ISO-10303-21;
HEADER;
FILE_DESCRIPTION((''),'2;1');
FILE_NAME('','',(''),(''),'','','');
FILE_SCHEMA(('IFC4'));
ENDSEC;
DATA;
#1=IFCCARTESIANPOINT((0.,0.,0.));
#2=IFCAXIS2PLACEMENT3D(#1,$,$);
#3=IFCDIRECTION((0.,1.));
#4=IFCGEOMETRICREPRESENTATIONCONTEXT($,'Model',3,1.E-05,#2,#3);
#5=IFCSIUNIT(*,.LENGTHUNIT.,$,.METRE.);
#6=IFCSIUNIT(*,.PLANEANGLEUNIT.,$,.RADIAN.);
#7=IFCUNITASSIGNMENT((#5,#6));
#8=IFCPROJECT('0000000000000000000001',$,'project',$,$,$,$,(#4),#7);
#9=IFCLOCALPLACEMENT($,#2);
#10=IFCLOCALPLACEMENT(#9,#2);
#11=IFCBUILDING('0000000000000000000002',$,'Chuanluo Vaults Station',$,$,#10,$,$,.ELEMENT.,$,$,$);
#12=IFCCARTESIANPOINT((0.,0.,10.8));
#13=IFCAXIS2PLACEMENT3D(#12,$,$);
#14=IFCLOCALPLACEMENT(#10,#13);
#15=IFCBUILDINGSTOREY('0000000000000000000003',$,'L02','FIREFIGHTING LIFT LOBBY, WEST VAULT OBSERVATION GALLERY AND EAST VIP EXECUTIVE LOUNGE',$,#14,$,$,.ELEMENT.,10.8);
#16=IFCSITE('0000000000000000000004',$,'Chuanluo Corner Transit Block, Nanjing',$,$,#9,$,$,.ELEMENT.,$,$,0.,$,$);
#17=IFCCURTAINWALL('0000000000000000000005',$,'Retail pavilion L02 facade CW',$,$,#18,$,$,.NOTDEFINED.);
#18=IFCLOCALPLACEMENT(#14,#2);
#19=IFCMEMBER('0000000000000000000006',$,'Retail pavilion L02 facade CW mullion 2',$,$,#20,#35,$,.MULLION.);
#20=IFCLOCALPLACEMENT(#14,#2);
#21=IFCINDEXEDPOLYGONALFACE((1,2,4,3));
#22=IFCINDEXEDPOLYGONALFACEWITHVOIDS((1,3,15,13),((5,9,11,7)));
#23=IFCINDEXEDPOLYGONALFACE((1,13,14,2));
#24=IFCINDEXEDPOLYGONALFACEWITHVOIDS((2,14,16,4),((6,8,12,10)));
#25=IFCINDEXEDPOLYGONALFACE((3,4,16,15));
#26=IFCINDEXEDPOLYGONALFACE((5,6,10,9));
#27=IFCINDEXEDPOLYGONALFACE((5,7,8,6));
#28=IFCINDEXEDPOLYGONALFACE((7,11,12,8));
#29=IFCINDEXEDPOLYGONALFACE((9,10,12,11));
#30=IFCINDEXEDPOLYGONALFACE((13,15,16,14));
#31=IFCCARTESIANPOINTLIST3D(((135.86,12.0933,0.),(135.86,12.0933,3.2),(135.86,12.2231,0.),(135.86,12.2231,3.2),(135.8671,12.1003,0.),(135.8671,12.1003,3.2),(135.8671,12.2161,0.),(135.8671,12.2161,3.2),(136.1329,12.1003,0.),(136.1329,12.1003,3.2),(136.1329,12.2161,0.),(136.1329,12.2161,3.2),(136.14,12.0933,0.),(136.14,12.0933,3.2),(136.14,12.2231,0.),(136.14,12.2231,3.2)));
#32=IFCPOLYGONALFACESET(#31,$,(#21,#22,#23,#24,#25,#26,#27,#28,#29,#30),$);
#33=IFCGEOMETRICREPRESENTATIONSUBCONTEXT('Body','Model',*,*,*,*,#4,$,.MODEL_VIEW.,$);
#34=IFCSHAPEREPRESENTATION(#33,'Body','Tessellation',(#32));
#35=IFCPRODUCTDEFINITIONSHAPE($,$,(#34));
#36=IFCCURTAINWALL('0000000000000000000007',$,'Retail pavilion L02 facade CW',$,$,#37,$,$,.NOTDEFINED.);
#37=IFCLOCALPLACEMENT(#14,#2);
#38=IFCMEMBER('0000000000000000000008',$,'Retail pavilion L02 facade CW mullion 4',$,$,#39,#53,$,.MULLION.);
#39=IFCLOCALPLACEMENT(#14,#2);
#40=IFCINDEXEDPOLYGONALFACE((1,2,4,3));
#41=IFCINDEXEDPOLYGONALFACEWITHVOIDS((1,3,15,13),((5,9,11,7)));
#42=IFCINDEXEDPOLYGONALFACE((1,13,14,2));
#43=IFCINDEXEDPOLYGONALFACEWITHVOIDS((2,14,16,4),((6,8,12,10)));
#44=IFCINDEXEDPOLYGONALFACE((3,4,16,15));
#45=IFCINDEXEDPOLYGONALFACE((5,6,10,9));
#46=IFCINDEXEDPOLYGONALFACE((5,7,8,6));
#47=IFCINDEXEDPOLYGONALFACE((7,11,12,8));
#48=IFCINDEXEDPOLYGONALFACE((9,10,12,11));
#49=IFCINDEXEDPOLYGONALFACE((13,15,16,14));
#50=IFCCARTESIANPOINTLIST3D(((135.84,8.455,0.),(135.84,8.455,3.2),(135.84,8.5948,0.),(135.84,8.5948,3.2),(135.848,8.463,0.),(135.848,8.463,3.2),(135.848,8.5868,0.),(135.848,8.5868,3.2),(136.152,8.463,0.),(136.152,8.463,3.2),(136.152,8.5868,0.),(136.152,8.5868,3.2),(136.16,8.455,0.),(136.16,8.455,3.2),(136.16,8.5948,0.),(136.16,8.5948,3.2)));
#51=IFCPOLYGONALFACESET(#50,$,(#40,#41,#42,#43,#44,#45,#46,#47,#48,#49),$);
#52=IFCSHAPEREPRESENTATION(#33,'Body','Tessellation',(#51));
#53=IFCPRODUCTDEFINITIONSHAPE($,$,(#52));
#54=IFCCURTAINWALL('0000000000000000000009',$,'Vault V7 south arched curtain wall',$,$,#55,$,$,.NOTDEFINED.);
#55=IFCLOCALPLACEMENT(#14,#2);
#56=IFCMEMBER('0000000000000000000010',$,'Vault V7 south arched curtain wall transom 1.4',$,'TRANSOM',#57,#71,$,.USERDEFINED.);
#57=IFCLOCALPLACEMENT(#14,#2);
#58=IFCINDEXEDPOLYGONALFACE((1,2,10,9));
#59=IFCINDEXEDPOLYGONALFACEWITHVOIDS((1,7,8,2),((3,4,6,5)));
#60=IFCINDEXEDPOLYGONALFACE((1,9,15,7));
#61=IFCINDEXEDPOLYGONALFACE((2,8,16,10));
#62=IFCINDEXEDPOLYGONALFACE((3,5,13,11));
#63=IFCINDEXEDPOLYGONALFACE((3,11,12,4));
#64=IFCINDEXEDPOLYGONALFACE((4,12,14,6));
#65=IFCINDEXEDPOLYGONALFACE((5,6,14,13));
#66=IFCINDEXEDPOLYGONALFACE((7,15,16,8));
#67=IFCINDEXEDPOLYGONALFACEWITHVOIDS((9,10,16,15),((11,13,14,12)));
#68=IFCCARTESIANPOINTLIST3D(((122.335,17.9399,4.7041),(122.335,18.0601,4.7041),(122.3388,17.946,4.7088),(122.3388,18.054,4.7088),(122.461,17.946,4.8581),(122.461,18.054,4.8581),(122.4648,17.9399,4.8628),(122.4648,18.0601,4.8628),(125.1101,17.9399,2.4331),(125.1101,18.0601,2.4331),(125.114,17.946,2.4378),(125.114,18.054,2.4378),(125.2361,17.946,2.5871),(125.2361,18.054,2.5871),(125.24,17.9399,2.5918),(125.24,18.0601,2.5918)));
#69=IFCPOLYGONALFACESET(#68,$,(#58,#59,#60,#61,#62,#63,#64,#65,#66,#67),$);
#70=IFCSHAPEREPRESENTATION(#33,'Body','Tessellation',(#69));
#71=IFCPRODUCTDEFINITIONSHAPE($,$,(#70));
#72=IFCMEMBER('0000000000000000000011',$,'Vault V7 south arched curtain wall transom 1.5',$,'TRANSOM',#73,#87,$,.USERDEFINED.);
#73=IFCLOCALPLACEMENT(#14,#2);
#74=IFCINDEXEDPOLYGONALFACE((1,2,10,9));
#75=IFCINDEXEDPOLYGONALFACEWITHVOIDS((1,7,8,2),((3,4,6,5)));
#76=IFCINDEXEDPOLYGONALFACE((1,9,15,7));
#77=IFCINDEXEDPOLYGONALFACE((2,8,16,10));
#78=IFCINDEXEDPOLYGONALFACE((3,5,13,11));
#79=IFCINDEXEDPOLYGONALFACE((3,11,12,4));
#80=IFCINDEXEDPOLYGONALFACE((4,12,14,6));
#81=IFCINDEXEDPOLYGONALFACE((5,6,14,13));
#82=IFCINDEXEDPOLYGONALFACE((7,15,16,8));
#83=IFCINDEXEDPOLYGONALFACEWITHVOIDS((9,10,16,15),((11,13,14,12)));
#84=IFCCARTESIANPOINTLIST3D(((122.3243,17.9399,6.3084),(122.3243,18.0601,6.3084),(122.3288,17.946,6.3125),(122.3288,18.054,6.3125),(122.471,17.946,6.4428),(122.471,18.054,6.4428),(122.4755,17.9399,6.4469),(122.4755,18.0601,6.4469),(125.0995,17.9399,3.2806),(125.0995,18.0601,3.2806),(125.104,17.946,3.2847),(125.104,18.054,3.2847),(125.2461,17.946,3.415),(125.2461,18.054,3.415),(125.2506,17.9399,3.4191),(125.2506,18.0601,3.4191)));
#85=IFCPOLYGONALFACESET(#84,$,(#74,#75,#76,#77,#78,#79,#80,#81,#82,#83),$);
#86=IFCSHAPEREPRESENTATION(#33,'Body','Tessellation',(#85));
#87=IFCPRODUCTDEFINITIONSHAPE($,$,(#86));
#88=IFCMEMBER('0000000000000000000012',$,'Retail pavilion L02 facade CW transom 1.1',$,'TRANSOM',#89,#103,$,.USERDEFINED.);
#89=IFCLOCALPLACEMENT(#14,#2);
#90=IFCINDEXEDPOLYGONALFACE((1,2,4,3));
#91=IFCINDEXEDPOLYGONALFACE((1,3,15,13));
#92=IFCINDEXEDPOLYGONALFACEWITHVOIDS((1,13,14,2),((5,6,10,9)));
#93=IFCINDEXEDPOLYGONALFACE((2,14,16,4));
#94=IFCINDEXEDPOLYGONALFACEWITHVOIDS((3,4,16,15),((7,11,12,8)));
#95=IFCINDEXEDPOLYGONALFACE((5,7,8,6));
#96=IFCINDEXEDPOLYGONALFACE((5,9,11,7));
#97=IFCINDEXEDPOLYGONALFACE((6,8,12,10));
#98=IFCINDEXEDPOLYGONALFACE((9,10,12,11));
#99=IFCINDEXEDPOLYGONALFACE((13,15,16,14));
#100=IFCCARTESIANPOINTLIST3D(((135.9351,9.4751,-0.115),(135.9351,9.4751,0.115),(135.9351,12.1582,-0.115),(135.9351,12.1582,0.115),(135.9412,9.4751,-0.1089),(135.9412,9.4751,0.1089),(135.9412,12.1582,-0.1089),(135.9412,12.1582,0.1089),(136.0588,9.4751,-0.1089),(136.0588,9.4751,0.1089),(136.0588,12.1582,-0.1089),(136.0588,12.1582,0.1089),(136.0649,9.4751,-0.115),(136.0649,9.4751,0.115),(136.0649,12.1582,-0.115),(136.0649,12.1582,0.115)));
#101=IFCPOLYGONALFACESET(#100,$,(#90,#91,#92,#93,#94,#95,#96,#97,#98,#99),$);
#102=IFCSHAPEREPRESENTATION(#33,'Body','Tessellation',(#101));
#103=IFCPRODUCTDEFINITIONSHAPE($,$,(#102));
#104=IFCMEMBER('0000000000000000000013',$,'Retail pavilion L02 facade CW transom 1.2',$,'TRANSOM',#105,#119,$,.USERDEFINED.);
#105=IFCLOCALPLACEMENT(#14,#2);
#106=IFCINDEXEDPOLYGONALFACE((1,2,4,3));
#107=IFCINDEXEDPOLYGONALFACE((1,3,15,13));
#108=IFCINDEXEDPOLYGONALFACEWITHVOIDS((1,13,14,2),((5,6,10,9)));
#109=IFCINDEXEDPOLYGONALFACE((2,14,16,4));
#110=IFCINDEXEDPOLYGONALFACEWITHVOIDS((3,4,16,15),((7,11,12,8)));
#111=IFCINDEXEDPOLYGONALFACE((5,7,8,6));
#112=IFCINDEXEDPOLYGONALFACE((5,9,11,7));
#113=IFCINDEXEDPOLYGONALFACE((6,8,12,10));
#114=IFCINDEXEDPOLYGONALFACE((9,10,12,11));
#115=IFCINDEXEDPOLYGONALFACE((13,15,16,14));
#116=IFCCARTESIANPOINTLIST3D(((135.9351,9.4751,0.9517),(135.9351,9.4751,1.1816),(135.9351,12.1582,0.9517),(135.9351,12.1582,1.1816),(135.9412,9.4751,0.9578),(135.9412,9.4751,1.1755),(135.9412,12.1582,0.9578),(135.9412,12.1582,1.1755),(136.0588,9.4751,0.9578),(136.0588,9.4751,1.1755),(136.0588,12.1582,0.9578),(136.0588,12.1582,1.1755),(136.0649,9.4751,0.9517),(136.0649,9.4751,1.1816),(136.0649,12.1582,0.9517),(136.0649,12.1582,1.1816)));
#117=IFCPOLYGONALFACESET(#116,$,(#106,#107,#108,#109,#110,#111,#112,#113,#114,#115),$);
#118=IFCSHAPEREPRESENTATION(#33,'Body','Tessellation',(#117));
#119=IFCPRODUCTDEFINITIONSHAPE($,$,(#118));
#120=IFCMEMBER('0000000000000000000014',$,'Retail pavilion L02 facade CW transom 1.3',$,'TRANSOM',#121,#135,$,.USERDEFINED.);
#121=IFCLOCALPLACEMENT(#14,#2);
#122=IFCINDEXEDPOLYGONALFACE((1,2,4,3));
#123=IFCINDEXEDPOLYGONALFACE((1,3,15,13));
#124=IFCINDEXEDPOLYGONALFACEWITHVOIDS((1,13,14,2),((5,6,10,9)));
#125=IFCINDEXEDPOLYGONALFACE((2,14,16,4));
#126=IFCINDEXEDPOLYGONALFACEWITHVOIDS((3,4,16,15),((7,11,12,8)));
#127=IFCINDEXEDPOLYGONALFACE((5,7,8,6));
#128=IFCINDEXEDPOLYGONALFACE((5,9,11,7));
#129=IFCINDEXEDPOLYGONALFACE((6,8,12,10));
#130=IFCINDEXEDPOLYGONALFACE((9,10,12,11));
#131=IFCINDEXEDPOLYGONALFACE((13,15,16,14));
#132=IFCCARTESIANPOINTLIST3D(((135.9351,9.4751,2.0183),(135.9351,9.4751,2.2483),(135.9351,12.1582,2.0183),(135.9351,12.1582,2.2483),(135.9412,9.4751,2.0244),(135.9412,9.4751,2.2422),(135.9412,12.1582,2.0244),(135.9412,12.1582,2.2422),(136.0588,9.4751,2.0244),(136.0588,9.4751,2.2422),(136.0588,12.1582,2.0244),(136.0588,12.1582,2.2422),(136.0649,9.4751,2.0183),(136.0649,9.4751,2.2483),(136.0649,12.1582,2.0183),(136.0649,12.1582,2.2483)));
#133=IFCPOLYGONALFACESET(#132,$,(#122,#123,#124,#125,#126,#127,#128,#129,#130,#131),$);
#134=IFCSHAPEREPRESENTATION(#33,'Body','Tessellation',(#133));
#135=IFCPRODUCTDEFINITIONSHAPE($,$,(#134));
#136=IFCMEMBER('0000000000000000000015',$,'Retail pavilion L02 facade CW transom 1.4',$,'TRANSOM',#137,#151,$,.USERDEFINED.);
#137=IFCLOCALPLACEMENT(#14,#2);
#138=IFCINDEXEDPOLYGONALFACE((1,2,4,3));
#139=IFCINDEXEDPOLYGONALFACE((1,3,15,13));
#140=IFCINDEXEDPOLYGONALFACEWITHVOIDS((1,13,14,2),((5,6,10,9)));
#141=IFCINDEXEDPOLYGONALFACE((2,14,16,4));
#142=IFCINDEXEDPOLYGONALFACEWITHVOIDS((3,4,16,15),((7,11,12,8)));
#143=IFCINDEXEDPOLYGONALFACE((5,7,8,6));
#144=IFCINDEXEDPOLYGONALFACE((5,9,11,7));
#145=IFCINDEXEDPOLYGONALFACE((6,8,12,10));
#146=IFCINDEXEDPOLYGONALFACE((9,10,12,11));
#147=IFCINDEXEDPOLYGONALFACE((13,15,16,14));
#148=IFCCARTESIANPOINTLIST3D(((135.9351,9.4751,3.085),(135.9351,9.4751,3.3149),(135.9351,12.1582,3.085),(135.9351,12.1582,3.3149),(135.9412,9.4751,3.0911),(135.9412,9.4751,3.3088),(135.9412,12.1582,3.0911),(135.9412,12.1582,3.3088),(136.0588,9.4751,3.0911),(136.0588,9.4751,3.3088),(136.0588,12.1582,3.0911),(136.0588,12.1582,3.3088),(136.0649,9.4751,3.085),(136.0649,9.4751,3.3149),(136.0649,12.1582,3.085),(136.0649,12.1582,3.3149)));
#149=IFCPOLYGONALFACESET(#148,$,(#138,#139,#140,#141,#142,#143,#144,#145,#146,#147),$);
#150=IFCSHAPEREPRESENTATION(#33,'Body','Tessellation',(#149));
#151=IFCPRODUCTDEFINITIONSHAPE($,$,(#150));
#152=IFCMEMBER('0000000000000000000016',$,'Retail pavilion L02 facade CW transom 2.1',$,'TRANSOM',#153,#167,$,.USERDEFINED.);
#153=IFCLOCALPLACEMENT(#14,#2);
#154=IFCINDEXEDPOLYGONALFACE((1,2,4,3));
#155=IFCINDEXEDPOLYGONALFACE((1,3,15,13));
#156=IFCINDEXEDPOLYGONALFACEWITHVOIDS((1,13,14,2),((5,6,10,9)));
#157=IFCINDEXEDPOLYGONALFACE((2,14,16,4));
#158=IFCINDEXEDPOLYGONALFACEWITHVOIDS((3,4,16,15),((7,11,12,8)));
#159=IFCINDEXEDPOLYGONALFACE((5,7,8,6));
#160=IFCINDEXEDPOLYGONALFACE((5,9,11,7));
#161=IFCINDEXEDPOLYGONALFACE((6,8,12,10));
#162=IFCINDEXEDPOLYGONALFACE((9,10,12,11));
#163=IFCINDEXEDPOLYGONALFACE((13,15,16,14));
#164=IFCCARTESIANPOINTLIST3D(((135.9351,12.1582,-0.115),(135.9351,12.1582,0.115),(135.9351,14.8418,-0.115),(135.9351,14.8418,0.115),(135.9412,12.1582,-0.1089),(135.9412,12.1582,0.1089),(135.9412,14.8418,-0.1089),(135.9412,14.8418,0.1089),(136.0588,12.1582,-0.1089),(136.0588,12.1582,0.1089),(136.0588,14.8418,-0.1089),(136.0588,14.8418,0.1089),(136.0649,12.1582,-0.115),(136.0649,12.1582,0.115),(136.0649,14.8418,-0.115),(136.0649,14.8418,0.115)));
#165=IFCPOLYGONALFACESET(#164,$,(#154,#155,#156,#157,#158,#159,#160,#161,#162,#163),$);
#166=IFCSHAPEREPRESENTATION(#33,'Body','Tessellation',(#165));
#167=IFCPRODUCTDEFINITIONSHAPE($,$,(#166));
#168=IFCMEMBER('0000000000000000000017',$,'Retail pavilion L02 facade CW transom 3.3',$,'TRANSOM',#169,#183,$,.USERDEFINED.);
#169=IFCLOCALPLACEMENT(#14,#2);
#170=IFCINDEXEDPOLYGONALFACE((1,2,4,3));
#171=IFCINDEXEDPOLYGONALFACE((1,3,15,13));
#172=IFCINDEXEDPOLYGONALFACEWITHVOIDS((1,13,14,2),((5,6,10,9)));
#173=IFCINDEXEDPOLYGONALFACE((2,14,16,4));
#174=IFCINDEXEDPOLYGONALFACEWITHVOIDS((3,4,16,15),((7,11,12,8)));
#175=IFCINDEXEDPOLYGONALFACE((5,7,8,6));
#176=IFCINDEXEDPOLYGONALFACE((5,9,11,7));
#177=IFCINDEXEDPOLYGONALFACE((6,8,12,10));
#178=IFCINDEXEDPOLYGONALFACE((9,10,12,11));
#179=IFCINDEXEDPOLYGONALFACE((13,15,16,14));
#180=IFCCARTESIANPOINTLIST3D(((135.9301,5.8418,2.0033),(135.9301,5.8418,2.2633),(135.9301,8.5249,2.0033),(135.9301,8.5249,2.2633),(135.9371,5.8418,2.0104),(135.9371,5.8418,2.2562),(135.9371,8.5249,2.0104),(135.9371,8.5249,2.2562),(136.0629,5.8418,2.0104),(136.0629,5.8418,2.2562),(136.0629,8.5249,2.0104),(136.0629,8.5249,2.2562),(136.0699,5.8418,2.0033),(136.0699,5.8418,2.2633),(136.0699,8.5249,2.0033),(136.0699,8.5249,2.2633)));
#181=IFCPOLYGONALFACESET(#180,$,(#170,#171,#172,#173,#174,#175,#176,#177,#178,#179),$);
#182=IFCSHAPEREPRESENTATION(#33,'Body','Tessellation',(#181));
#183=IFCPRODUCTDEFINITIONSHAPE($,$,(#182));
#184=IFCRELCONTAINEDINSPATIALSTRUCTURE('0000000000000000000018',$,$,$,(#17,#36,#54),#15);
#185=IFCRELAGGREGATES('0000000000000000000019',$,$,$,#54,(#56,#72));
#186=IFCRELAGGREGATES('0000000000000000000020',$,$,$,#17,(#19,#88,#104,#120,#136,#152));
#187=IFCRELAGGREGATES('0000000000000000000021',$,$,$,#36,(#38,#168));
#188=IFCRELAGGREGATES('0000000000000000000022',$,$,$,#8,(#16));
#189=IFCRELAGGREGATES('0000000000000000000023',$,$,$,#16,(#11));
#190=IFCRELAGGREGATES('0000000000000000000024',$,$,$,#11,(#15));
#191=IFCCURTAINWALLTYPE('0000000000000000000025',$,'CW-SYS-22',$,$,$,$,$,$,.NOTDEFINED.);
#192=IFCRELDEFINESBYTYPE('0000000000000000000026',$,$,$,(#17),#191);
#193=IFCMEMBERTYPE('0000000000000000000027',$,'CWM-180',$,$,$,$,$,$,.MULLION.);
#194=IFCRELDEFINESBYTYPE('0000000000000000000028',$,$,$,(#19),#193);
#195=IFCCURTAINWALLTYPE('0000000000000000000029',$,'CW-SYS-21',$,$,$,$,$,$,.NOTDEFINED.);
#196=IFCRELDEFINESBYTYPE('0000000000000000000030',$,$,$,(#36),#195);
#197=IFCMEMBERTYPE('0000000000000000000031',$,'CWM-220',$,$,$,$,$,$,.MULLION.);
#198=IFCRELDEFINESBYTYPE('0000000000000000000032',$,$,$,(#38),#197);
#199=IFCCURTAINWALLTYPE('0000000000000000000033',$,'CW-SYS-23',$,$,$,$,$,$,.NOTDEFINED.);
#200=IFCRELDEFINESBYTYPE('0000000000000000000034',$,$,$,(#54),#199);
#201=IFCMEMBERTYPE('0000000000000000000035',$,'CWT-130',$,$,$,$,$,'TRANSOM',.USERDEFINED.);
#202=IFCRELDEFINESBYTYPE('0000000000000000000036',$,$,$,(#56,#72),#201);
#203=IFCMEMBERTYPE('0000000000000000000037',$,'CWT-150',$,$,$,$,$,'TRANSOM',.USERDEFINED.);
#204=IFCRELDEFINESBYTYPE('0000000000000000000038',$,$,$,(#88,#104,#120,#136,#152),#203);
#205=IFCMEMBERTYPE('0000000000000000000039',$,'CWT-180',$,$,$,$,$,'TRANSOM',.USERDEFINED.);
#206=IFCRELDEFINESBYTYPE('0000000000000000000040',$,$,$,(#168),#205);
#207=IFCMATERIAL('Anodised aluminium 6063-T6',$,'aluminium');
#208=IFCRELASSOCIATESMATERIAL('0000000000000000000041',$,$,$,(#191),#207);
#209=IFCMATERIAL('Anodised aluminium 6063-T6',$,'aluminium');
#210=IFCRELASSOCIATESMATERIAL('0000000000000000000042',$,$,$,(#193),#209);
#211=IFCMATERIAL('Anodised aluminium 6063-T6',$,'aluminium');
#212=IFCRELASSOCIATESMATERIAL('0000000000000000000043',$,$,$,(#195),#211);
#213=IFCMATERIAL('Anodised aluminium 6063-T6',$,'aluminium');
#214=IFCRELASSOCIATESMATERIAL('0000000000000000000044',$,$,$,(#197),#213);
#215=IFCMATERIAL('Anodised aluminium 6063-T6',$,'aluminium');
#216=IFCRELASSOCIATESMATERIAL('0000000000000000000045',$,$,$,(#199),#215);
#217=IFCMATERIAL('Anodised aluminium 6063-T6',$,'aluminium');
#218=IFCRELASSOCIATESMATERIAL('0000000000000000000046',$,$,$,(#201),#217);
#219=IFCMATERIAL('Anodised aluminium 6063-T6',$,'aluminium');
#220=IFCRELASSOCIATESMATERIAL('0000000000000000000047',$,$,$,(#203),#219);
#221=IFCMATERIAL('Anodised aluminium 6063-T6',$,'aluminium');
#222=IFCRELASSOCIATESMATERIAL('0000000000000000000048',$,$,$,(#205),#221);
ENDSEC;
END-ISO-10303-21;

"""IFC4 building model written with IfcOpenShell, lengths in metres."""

from ifc_helpers import new_model, si_unit, direction, frame, origin, origin_2d, place, context, subcontext, project, spatial, hollow_rectangle, extrude, material, material_profile, profile_set, type_object, element, aggregate, save


model = new_model("IFC4")

# Units and contexts
model_context = context("Model", 3, precision=1e-05, world=origin(), true_north=direction((0.0, 1.0)))
body_context = subcontext(model_context, "Body", "Model", "MODEL_VIEW")
ifc_project = project(units=[si_unit("LENGTHUNIT", "METRE"), si_unit("PLANEANGLEUNIT", "RADIAN")], contexts=[model_context])

# Site, building, storey
site_placement = place(None, origin())
site = spatial("IfcSite", under=ifc_project, at=site_placement, Name="Chuanluo Corner Transit Block, Nanjing", CompositionType="ELEMENT", RefElevation=0.0)
building_placement = place(site_placement, origin())
building = spatial("IfcBuilding", under=site, at=building_placement, Name="Chuanluo Vaults Station", CompositionType="ELEMENT")
storey_placement = place(building_placement, frame((0.0, 0.0, 10.8)))
storey = spatial("IfcBuildingStorey", under=building, at=storey_placement, Name="L02", Description="FIREFIGHTING LIFT LOBBY, WEST VAULT OBSERVATION GALLERY AND EAST VIP EXECUTIVE LOUNGE", CompositionType="ELEMENT", Elevation=10.8)

# Curtain wall, member
ifc_material_1 = material(Name="Anodised aluminium 6063-T6", Category="aluminium")
curtain_wall_type_1 = type_object("IfcCurtainWallType", Name="CW-SYS-22", PredefinedType="NOTDEFINED", material=ifc_material_1)
curtain_wall_1_placement = place(storey_placement, origin())
curtain_wall_1 = element("IfcCurtainWall", 1, at=curtain_wall_1_placement, inside=storey, type_object=curtain_wall_type_1, Name="Retail pavilion L02 facade CW", PredefinedType="NOTDEFINED")
ifc_material_2 = material(Name="Anodised aluminium 6063-T6", Category="aluminium")
ifc_material_profile_1 = material_profile(ifc_material_2, hollow_rectangle(XDim=0.1299, YDim=0.28, WallThickness=0.0071, at=origin_2d()))
ifc_profile_set_1 = profile_set([ifc_material_profile_1], Name="Anodised aluminium 6063-T6")
member_type_1 = type_object("IfcMemberType", Name="CWM-180", PredefinedType="MULLION", material=ifc_profile_set_1)
member_1_placement = place(storey_placement, frame((136.0, 12.1582, 0.0), z_axis=(0.0, 0.0, 1.0), x_axis=(0.0, 1.0, 0.0)))
member_1 = element("IfcMember", 2, at=member_1_placement, type_object=member_type_1, Name="Retail pavilion L02 facade CW mullion 2", PredefinedType="MULLION", context=body_context, shape_type="SweptSolid", body=[
    extrude(hollow_rectangle(XDim=0.1299, YDim=0.28, WallThickness=0.0071, at=origin_2d()), origin(), (0.0, 0.0, 1.0), 3.2),
])

# Curtain wall, member
ifc_material_3 = material(Name="Anodised aluminium 6063-T6", Category="aluminium")
curtain_wall_type_2 = type_object("IfcCurtainWallType", Name="CW-SYS-21", PredefinedType="NOTDEFINED", material=ifc_material_3)
curtain_wall_2_placement = place(storey_placement, origin())
curtain_wall_2 = element("IfcCurtainWall", 3, at=curtain_wall_2_placement, inside=storey, type_object=curtain_wall_type_2, Name="Retail pavilion L02 facade CW", PredefinedType="NOTDEFINED")
ifc_material_4 = material(Name="Anodised aluminium 6063-T6", Category="aluminium")
ifc_material_profile_2 = material_profile(ifc_material_4, hollow_rectangle(XDim=0.1399, YDim=0.3201, WallThickness=0.0081, at=origin_2d()))
ifc_profile_set_2 = profile_set([ifc_material_profile_2], Name="Anodised aluminium 6063-T6")
member_type_2 = type_object("IfcMemberType", Name="CWM-220", PredefinedType="MULLION", material=ifc_profile_set_2)
member_2_placement = place(storey_placement, frame((136.0, 8.5249, 0.0), z_axis=(0.0, 0.0, 1.0), x_axis=(0.0, 1.0, 0.0)))
member_2 = element("IfcMember", 4, at=member_2_placement, type_object=member_type_2, Name="Retail pavilion L02 facade CW mullion 4", PredefinedType="MULLION", context=body_context, shape_type="SweptSolid", body=[
    extrude(hollow_rectangle(XDim=0.1399, YDim=0.3201, WallThickness=0.0081, at=origin_2d()), origin(), (0.0, 0.0, 1.0), 3.2),
])

# Curtain wall, members
ifc_material_5 = material(Name="Anodised aluminium 6063-T6", Category="aluminium")
curtain_wall_type_3 = type_object("IfcCurtainWallType", Name="CW-SYS-23", PredefinedType="NOTDEFINED", material=ifc_material_5)
curtain_wall_3_placement = place(storey_placement, origin())
curtain_wall_3 = element("IfcCurtainWall", 5, at=curtain_wall_3_placement, inside=storey, type_object=curtain_wall_type_3, Name="Vault V7 south arched curtain wall", PredefinedType="NOTDEFINED")
ifc_material_6 = material(Name="Anodised aluminium 6063-T6", Category="aluminium")
ifc_material_profile_3 = material_profile(ifc_material_6, hollow_rectangle(XDim=0.1201, YDim=0.2051, WallThickness=0.0061, at=origin_2d()))
ifc_profile_set_3 = profile_set([ifc_material_profile_3], Name="Anodised aluminium 6063-T6")
member_type_3 = type_object("IfcMemberType", Name="CWT-130", ElementType="TRANSOM", PredefinedType="USERDEFINED", material=ifc_profile_set_3)
member_3_placement = place(storey_placement, frame((125.175, 18.0, 2.5125), z_axis=(-0.7739, 0.0, 0.633308), x_axis=(0.0, -1.0, 0.0)))
member_3 = element("IfcMember", 6, at=member_3_placement, type_object=member_type_3, Name="Vault V7 south arched curtain wall transom 1.4", ObjectType="TRANSOM", PredefinedType="USERDEFINED", context=body_context, shape_type="SweptSolid", body=[
    extrude(hollow_rectangle(XDim=0.1201, YDim=0.2051, WallThickness=0.0061, at=origin_2d()), origin(), (0.0, 0.0, 1.0), 3.5859),
])
member_4_placement = place(storey_placement, frame((125.175, 18.0, 3.3499), z_axis=(-0.675676, 0.0, 0.737199), x_axis=(0.0, -1.0, 0.0)))
member_4 = element("IfcMember", 7, at=member_4_placement, type_object=member_type_3, Name="Vault V7 south arched curtain wall transom 1.5", ObjectType="TRANSOM", PredefinedType="USERDEFINED", context=body_context, shape_type="SweptSolid", body=[
    extrude(hollow_rectangle(XDim=0.1201, YDim=0.2051, WallThickness=0.0061, at=origin_2d()), origin(), (0.0, 0.0, 1.0), 4.1072),
])
aggregate(curtain_wall_3, [member_3, member_4])

# Members
ifc_material_7 = material(Name="Anodised aluminium 6063-T6", Category="aluminium")
ifc_material_profile_4 = material_profile(ifc_material_7, hollow_rectangle(XDim=0.1299, YDim=0.23, WallThickness=0.0061, at=origin_2d()))
ifc_profile_set_4 = profile_set([ifc_material_profile_4], Name="Anodised aluminium 6063-T6")
member_type_4 = type_object("IfcMemberType", Name="CWT-150", ElementType="TRANSOM", PredefinedType="USERDEFINED", material=ifc_profile_set_4)
member_5_placement = place(storey_placement, frame((136.0, 9.4751, 0.0), z_axis=(0.0, 1.0, 0.0), x_axis=(-1.0, 0.0, 0.0)))
member_5 = element("IfcMember", 8, at=member_5_placement, type_object=member_type_4, Name="Retail pavilion L02 facade CW transom 1.1", ObjectType="TRANSOM", PredefinedType="USERDEFINED", context=body_context, shape_type="SweptSolid", body=[
    extrude(hollow_rectangle(XDim=0.1299, YDim=0.23, WallThickness=0.0061, at=origin_2d()), origin(), (0.0, 0.0, 1.0), 2.6831),
])
member_6_placement = place(storey_placement, frame((136.0, 9.4751, 1.0667), z_axis=(0.0, 1.0, 0.0), x_axis=(-1.0, 0.0, 0.0)))
member_6 = element("IfcMember", 9, at=member_6_placement, type_object=member_type_4, Name="Retail pavilion L02 facade CW transom 1.2", ObjectType="TRANSOM", PredefinedType="USERDEFINED", context=body_context, shape_type="SweptSolid", body=[
    extrude(hollow_rectangle(XDim=0.1299, YDim=0.23, WallThickness=0.0061, at=origin_2d()), origin(), (0.0, 0.0, 1.0), 2.6831),
])
member_7_placement = place(storey_placement, frame((136.0, 9.4751, 2.1333), z_axis=(0.0, 1.0, 0.0), x_axis=(-1.0, 0.0, 0.0)))
member_7 = element("IfcMember", 10, at=member_7_placement, type_object=member_type_4, Name="Retail pavilion L02 facade CW transom 1.3", ObjectType="TRANSOM", PredefinedType="USERDEFINED", context=body_context, shape_type="SweptSolid", body=[
    extrude(hollow_rectangle(XDim=0.1299, YDim=0.23, WallThickness=0.0061, at=origin_2d()), origin(), (0.0, 0.0, 1.0), 2.6831),
])
member_8_placement = place(storey_placement, frame((136.0, 9.4751, 3.2), z_axis=(0.0, 1.0, 0.0), x_axis=(-1.0, 0.0, 0.0)))
member_8 = element("IfcMember", 11, at=member_8_placement, type_object=member_type_4, Name="Retail pavilion L02 facade CW transom 1.4", ObjectType="TRANSOM", PredefinedType="USERDEFINED", context=body_context, shape_type="SweptSolid", body=[
    extrude(hollow_rectangle(XDim=0.1299, YDim=0.23, WallThickness=0.0061, at=origin_2d()), origin(), (0.0, 0.0, 1.0), 2.6831),
])
member_9_placement = place(storey_placement, frame((136.0, 12.1582, 0.0), z_axis=(0.0, 1.0, 0.0), x_axis=(-1.0, 0.0, 0.0)))
member_9 = element("IfcMember", 12, at=member_9_placement, type_object=member_type_4, Name="Retail pavilion L02 facade CW transom 2.1", ObjectType="TRANSOM", PredefinedType="USERDEFINED", context=body_context, shape_type="SweptSolid", body=[
    extrude(hollow_rectangle(XDim=0.1299, YDim=0.23, WallThickness=0.0061, at=origin_2d()), origin(), (0.0, 0.0, 1.0), 2.6836),
])
ifc_material_8 = material(Name="Anodised aluminium 6063-T6", Category="aluminium")
ifc_material_profile_5 = material_profile(ifc_material_8, hollow_rectangle(XDim=0.1399, YDim=0.26, WallThickness=0.0071, at=origin_2d()))
ifc_profile_set_5 = profile_set([ifc_material_profile_5], Name="Anodised aluminium 6063-T6")
member_type_5 = type_object("IfcMemberType", Name="CWT-180", ElementType="TRANSOM", PredefinedType="USERDEFINED", material=ifc_profile_set_5)
member_10_placement = place(storey_placement, frame((136.0, 5.8418, 2.1333), z_axis=(0.0, 1.0, 0.0), x_axis=(-1.0, 0.0, 0.0)))
member_10 = element("IfcMember", 13, at=member_10_placement, type_object=member_type_5, Name="Retail pavilion L02 facade CW transom 3.3", ObjectType="TRANSOM", PredefinedType="USERDEFINED", context=body_context, shape_type="SweptSolid", body=[
    extrude(hollow_rectangle(XDim=0.1399, YDim=0.26, WallThickness=0.0071, at=origin_2d()), origin(), (0.0, 0.0, 1.0), 2.6831),
])

aggregate(curtain_wall_1, [member_1, member_5, member_6, member_7, member_8, member_9])
aggregate(curtain_wall_2, [member_2, member_10])

save(model, "model.ifc")
